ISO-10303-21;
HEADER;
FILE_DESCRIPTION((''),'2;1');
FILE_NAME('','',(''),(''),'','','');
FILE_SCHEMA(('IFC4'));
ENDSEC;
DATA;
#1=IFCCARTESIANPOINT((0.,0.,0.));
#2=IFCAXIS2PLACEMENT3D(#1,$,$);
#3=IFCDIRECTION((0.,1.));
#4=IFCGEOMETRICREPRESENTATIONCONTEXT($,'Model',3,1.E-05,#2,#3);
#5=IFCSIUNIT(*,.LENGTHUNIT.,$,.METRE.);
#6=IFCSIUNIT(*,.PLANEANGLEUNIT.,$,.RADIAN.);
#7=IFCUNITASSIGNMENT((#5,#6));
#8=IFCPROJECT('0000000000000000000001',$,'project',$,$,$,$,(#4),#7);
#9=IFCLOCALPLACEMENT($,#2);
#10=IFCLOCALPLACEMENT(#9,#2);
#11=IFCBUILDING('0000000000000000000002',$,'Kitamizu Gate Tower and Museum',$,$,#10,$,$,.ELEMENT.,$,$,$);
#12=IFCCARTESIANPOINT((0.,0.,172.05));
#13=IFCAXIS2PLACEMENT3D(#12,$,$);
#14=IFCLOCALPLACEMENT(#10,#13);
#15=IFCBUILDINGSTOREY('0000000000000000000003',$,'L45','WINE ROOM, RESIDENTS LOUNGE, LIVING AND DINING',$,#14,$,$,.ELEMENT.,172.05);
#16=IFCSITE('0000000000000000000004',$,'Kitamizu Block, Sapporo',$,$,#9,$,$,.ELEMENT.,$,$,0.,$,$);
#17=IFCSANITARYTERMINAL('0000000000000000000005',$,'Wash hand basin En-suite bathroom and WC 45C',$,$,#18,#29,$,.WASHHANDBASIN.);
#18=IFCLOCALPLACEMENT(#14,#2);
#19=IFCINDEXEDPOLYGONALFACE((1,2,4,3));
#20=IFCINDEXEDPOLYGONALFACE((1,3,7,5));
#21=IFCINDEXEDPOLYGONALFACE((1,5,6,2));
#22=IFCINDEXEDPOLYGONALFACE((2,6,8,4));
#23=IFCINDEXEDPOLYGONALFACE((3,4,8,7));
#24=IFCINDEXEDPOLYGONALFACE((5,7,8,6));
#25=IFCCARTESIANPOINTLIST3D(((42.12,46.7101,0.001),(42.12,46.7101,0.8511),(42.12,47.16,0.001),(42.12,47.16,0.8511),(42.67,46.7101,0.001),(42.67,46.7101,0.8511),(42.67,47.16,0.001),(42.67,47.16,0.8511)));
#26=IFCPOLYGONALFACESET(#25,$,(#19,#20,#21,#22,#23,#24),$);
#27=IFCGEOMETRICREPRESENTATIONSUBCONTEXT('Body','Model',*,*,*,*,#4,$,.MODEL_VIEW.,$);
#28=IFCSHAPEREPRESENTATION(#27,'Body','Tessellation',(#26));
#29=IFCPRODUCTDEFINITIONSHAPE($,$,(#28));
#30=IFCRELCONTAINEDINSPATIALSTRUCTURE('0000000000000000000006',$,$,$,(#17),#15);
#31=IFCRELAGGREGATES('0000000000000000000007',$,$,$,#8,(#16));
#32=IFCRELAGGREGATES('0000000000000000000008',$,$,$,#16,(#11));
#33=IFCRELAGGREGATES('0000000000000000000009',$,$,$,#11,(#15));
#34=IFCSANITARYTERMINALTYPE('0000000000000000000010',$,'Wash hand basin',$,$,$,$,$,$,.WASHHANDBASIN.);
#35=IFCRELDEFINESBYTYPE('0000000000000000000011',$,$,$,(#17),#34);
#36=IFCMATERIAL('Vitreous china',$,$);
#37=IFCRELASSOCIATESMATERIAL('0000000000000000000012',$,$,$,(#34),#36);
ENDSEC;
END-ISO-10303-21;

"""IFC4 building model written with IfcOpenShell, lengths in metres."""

from ifc_helpers import new_model, si_unit, direction, frame, origin, origin_2d, place, context, subcontext, project, spatial, rectangle, extrude, material, type_object, element, save


model = new_model("IFC4")

# Units and contexts
model_context = context("Model", 3, precision=1e-05, world=origin(), true_north=direction((0.0, 1.0)))
body_context = subcontext(model_context, "Body", "Model", "MODEL_VIEW")
ifc_project = project(units=[si_unit("LENGTHUNIT", "METRE"), si_unit("PLANEANGLEUNIT", "RADIAN")], contexts=[model_context])

# Site, building, storey
site_placement = place(None, origin())
site = spatial("IfcSite", under=ifc_project, at=site_placement, Name="Kitamizu Block, Sapporo", CompositionType="ELEMENT", RefElevation=0.0)
building_placement = place(site_placement, origin())
building = spatial("IfcBuilding", under=site, at=building_placement, Name="Kitamizu Gate Tower and Museum", CompositionType="ELEMENT")
storey_placement = place(building_placement, frame((0.0, 0.0, 172.05)))
storey = spatial("IfcBuildingStorey", under=building, at=storey_placement, Name="L45", Description="WINE ROOM, RESIDENTS LOUNGE, LIVING AND DINING", CompositionType="ELEMENT", Elevation=172.05)

# Sanitary terminal
ifc_material_1 = material(Name="Vitreous china")
sanitary_terminal_type = type_object("IfcSanitaryTerminalType", Name="Wash hand basin", PredefinedType="WASHHANDBASIN", material=ifc_material_1)
sanitary_terminal_placement = place(storey_placement, frame((42.395, 46.9351, 0.001), z_axis=(0.0, 0.0, 1.0), x_axis=(1.0, 0.0, 0.0)))
element("IfcSanitaryTerminal", 1, at=sanitary_terminal_placement, inside=storey, type_object=sanitary_terminal_type, Name="Wash hand basin En-suite bathroom and WC 45C", PredefinedType="WASHHANDBASIN", context=body_context, shape_type="SweptSolid", body=[
    extrude(rectangle(XDim=0.55, YDim=0.45, at=origin_2d()), origin(), (0.0, 0.0, 1.0), 0.8501),
])

save(model, "model.ifc")
